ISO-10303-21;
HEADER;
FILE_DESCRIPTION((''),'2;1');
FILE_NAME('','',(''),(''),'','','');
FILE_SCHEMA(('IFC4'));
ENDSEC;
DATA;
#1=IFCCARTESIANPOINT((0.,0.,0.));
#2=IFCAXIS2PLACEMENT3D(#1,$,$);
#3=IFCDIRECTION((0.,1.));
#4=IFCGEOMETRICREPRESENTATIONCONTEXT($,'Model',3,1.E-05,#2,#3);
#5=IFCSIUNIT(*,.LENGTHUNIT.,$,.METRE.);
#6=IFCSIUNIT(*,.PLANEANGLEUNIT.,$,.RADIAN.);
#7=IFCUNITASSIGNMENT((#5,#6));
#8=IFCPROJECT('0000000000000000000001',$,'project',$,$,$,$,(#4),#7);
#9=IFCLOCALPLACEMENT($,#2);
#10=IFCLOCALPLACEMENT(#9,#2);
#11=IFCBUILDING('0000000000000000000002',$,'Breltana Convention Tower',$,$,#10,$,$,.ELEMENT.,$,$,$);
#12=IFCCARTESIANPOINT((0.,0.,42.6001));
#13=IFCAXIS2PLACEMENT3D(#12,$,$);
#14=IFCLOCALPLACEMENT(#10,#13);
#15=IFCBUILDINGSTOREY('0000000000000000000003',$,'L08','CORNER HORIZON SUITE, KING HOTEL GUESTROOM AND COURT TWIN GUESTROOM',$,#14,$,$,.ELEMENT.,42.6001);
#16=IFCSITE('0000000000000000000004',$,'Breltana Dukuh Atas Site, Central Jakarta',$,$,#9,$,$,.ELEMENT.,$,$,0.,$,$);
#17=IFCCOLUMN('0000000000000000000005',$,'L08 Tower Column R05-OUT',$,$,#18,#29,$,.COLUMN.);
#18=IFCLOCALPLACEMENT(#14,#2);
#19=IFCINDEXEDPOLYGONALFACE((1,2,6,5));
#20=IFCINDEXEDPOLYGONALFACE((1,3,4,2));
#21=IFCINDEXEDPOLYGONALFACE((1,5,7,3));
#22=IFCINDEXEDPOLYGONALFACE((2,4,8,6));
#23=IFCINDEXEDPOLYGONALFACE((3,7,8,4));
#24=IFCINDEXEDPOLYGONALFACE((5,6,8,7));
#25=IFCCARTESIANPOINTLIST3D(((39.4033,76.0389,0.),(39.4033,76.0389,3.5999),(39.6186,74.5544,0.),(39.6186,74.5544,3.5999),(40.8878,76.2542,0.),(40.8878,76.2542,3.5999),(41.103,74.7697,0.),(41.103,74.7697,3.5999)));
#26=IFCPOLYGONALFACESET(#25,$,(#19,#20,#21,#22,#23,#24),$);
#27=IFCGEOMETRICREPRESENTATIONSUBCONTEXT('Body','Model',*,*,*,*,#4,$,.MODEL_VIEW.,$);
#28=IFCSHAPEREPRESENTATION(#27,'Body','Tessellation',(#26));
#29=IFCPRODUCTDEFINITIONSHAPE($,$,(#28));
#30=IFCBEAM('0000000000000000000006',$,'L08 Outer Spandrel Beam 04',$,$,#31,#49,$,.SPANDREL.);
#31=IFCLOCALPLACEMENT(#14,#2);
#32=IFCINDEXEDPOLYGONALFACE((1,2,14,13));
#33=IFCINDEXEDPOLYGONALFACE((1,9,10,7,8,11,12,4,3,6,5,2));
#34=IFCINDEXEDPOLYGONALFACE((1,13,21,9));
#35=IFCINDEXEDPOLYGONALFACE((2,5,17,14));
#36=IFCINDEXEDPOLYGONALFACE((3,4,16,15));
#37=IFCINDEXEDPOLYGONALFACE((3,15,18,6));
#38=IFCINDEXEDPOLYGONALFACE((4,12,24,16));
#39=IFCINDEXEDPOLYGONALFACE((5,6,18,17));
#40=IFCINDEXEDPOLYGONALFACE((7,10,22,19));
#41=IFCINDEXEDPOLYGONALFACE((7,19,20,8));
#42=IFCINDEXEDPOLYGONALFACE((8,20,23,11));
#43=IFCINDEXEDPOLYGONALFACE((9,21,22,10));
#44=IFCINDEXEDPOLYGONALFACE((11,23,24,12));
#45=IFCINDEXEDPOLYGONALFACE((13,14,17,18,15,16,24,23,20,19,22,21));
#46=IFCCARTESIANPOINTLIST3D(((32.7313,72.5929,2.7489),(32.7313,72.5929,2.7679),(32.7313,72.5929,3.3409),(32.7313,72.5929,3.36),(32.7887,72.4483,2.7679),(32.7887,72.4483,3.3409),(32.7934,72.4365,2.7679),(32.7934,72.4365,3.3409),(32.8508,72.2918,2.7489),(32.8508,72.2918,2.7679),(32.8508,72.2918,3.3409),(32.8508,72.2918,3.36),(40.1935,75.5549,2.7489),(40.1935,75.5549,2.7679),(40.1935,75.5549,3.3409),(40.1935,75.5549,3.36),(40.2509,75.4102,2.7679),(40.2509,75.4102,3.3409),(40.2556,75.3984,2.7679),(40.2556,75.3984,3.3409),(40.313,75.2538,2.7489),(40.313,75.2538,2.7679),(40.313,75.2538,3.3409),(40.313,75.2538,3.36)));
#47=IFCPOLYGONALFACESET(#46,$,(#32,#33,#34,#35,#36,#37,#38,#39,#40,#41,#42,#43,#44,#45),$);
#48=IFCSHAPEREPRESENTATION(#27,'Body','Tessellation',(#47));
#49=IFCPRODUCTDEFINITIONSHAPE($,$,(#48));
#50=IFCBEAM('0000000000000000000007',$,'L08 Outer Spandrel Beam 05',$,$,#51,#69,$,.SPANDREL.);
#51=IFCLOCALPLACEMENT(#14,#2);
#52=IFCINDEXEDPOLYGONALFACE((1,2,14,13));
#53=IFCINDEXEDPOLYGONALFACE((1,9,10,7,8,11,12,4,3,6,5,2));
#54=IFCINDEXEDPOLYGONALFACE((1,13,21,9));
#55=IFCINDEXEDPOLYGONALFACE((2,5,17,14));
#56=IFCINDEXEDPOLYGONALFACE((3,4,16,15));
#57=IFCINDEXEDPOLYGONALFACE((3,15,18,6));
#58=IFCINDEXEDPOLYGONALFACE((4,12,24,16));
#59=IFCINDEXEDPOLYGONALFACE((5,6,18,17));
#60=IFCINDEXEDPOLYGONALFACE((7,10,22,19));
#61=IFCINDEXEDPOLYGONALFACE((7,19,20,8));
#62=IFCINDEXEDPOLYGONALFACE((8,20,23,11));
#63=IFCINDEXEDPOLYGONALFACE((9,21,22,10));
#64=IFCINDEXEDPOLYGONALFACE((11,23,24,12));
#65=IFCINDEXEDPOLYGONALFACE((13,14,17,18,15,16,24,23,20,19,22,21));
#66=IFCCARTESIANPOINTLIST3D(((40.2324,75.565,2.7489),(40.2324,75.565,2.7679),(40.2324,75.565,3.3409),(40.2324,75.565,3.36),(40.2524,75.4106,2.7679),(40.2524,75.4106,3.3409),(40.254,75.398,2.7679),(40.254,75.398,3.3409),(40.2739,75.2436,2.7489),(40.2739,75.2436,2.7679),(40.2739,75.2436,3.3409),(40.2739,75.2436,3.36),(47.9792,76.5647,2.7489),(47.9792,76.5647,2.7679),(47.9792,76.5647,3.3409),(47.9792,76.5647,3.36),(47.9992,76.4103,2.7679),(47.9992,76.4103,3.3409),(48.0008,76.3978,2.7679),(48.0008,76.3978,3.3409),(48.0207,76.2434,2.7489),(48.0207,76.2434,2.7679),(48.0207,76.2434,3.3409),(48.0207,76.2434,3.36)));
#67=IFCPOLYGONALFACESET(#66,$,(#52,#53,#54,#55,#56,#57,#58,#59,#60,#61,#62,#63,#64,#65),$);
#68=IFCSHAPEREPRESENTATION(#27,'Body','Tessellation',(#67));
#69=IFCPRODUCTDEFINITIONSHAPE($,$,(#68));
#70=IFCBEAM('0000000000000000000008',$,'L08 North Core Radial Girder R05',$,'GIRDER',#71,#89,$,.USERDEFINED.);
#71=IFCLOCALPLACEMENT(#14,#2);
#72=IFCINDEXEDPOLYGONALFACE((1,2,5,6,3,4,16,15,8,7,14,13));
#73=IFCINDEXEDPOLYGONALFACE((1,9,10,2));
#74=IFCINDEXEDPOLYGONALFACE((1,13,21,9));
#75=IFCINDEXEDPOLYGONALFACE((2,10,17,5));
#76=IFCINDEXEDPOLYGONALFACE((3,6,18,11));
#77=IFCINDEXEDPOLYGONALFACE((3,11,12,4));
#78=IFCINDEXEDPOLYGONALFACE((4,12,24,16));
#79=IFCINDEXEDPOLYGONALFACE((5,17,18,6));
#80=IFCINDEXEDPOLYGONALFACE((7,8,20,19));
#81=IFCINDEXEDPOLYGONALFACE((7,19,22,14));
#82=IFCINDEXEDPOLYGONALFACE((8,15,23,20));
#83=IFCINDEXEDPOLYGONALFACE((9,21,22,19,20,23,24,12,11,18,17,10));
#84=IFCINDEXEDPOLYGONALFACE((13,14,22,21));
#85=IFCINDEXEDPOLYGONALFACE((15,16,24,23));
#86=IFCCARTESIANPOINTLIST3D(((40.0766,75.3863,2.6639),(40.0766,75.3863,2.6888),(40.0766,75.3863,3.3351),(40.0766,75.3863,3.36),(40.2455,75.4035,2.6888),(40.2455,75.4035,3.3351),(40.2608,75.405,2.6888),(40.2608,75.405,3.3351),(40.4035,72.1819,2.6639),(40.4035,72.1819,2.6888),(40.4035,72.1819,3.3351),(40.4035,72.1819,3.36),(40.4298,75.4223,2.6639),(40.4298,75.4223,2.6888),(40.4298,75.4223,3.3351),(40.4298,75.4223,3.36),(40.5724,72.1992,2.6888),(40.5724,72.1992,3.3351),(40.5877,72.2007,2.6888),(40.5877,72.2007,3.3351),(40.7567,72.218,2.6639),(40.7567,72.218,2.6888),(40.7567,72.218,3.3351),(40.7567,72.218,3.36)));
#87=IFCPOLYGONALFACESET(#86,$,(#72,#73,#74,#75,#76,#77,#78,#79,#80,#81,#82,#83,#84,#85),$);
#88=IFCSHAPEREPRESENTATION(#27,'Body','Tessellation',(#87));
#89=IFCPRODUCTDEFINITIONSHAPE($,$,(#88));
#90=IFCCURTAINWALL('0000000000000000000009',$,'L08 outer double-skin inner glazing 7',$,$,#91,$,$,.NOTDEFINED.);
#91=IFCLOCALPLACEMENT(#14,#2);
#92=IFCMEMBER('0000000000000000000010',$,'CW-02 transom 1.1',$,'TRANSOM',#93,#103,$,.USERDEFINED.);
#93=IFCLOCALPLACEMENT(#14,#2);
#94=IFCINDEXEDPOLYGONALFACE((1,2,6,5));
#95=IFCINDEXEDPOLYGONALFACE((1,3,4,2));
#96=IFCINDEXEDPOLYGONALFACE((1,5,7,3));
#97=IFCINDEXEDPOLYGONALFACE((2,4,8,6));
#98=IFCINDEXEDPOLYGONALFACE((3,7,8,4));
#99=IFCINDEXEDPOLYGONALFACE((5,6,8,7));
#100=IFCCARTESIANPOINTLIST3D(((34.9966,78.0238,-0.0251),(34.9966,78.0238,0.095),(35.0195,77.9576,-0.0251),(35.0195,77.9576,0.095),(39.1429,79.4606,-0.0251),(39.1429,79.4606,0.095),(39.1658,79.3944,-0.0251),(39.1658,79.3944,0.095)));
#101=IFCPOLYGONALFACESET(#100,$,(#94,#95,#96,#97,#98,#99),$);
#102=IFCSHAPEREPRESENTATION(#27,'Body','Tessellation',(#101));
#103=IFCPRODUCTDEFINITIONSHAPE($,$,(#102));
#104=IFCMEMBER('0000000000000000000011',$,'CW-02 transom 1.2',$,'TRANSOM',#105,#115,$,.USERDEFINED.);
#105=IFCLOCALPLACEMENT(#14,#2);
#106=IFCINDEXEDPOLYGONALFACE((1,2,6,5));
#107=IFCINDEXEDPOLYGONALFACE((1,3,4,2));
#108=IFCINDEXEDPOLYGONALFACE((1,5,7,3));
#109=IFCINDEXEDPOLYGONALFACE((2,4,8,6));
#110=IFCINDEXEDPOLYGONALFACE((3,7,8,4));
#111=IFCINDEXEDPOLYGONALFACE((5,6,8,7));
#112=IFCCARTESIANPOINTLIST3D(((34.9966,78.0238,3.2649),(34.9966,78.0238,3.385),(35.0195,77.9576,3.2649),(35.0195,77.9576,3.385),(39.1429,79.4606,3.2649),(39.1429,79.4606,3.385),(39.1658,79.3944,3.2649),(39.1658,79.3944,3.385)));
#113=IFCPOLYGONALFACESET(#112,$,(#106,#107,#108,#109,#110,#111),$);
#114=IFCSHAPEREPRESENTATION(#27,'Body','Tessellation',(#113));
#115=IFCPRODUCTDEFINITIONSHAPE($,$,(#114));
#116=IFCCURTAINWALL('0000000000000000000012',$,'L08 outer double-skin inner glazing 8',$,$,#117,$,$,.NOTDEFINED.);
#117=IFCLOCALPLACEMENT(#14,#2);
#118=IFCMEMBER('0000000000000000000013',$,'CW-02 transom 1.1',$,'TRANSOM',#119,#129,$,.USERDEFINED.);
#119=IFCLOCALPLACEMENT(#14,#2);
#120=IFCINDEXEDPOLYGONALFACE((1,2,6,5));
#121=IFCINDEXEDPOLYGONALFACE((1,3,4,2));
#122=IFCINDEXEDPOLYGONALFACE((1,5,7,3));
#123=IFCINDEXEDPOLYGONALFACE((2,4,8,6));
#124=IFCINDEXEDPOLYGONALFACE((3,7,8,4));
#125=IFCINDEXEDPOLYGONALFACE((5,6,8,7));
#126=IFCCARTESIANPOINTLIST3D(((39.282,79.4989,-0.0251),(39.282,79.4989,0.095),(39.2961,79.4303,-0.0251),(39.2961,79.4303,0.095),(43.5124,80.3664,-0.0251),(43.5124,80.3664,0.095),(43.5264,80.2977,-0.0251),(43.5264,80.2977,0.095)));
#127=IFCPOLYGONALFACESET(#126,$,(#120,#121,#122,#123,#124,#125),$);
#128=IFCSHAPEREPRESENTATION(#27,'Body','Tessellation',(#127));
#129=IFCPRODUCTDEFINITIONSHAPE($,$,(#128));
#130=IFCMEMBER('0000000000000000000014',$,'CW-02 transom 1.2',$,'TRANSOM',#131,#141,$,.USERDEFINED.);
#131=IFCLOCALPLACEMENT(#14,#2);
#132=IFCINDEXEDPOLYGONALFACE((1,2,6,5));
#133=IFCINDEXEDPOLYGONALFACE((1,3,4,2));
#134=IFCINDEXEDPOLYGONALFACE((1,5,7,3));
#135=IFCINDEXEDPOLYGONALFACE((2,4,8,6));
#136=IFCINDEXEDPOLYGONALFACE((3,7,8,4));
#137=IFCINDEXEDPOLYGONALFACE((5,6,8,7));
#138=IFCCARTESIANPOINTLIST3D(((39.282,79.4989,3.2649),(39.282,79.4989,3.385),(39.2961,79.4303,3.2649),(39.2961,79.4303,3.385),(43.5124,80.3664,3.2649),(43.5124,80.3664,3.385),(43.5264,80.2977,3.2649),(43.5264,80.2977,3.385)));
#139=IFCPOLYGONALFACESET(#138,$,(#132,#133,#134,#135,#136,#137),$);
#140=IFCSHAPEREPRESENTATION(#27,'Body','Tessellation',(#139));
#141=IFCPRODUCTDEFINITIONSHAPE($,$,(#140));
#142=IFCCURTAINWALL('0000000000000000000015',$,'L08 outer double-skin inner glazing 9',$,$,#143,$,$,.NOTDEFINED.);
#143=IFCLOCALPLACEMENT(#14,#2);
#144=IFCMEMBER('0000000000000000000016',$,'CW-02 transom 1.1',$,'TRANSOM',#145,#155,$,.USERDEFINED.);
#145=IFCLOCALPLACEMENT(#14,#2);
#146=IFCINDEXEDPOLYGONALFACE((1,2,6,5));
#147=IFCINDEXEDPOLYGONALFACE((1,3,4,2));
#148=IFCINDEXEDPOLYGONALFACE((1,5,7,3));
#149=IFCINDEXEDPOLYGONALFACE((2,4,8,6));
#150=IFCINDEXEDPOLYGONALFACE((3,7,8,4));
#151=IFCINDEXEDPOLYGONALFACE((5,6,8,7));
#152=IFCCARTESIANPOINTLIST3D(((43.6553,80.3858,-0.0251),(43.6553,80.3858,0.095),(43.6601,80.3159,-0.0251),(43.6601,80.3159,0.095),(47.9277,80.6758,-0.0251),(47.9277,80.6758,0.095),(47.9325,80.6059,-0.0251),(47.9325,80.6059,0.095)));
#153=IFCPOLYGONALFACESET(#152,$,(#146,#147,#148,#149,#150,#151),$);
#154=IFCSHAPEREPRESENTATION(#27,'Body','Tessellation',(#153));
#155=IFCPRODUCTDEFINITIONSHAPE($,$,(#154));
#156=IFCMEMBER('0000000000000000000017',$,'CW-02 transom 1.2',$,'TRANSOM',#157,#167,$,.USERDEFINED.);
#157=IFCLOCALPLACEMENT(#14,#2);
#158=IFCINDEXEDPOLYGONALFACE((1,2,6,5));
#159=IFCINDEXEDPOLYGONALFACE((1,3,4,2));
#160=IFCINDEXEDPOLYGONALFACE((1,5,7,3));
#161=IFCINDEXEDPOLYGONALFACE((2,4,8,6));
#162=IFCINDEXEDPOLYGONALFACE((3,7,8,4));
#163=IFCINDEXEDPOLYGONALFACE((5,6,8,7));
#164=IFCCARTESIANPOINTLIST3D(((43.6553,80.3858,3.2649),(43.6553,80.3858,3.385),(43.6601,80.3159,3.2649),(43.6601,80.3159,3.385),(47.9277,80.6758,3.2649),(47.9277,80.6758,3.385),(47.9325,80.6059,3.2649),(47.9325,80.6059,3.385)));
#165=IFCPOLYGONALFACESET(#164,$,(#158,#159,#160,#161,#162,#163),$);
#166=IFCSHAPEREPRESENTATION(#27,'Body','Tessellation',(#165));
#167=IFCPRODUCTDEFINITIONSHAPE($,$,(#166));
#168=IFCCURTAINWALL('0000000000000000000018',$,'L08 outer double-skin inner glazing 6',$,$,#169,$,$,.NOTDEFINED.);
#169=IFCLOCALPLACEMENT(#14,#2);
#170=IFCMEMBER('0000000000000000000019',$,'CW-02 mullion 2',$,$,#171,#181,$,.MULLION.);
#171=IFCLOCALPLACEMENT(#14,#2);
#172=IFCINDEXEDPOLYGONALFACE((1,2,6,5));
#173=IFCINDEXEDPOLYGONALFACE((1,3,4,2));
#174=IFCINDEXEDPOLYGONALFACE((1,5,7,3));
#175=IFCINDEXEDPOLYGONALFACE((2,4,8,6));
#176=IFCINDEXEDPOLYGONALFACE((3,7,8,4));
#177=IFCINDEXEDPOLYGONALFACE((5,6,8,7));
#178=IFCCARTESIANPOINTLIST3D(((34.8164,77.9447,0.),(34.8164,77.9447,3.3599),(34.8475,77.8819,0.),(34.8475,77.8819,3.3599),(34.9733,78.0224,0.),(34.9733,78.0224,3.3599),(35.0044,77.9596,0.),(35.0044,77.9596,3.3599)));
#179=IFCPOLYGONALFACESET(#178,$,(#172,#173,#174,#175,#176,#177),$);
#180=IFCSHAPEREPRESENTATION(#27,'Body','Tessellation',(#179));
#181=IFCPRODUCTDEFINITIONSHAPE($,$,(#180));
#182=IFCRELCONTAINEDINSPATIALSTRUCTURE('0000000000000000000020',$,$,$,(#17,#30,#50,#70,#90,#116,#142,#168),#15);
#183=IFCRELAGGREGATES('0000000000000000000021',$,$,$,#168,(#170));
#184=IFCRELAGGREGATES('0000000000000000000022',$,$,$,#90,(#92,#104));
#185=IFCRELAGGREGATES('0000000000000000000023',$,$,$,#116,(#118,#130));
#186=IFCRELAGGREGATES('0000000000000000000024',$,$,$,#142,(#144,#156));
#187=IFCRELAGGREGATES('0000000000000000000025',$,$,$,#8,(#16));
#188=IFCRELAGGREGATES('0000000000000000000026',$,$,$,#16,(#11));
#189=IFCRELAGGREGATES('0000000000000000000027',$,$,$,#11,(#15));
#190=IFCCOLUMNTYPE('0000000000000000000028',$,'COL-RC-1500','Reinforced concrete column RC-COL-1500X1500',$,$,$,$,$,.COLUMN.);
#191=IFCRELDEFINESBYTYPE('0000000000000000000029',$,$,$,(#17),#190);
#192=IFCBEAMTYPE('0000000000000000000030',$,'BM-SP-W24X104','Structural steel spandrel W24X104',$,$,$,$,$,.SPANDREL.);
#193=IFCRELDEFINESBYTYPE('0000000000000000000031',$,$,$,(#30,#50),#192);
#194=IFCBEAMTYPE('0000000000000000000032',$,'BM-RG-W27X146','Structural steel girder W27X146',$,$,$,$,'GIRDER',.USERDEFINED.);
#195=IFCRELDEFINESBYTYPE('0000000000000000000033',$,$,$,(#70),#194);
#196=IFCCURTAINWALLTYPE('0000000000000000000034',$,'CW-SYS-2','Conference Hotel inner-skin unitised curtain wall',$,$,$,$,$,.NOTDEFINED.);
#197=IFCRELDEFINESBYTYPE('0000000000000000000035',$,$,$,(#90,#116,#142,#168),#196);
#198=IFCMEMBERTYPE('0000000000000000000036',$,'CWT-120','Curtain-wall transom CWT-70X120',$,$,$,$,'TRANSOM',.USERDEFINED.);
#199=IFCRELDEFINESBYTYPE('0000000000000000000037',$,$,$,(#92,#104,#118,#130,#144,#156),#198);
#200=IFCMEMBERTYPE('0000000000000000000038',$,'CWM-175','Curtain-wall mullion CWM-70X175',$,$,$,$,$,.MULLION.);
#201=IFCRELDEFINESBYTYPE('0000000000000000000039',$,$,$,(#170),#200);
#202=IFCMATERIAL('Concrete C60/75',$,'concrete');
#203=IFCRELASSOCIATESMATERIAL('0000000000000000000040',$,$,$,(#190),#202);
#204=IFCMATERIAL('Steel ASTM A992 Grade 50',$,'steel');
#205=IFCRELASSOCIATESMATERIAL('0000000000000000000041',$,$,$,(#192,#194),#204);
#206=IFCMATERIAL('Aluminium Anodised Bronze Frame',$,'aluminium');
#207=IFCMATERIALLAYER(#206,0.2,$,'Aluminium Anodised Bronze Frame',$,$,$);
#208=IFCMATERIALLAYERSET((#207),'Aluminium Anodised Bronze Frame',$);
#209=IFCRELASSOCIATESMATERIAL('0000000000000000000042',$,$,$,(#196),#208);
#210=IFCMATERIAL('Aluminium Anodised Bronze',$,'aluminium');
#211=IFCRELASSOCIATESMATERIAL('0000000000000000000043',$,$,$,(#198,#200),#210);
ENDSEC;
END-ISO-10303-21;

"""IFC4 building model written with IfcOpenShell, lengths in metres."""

from ifc_helpers import new_model, si_unit, direction, frame, origin, origin_2d, place, context, subcontext, project, spatial, rectangle, i_section, extrude, source, transform, mapped, material, layer, layer_set, material_profile, profile_set, type_object, element, aggregate, save


model = new_model("IFC4")

# Units and contexts
model_context = context("Model", 3, precision=1e-05, world=origin(), true_north=direction((0.0, 1.0)))
body_context = subcontext(model_context, "Body", "Model", "MODEL_VIEW")
ifc_project = project(units=[si_unit("LENGTHUNIT", "METRE"), si_unit("PLANEANGLEUNIT", "RADIAN")], contexts=[model_context])

# Site, building, storey
site_placement = place(None, origin())
site = spatial("IfcSite", under=ifc_project, at=site_placement, Name="Breltana Dukuh Atas Site, Central Jakarta", CompositionType="ELEMENT", RefElevation=0.0)
building_placement = place(site_placement, origin())
building = spatial("IfcBuilding", under=site, at=building_placement, Name="Breltana Convention Tower", CompositionType="ELEMENT")
storey_placement = place(building_placement, frame((0.0, 0.0, 42.6001)))
storey = spatial("IfcBuildingStorey", under=building, at=storey_placement, Name="L08", Description="CORNER HORIZON SUITE, KING HOTEL GUESTROOM AND COURT TWIN GUESTROOM", CompositionType="ELEMENT", Elevation=42.6001)

# Column
ifc_material_1 = material(Name="Concrete C60/75", Category="concrete")
ifc_material_profile_1 = material_profile(ifc_material_1, rectangle(XDim=1.5, YDim=1.5, at=origin_2d()), Name="RC-COL-1500X1500")
ifc_profile_set_1 = profile_set([ifc_material_profile_1], Name="Concrete C60/75")
column_type = type_object("IfcColumnType", Name="COL-RC-1500", Description="Reinforced concrete column RC-COL-1500X1500", PredefinedType="COLUMN", material=ifc_profile_set_1)
shared_shape_1 = source(origin(), body_context, "Body", "SweptSolid", [
    extrude(rectangle(XDim=1.5, YDim=1.5, at=origin_2d()), origin(), (0.0, 0.0, 1.0), 3.5999),
])
column_placement = place(storey_placement, frame((40.2532, 75.4043, 0.0), z_axis=(0.0, 0.0, 1.0), x_axis=(-0.143493, 0.989651, 0.0)))
element("IfcColumn", 1, at=column_placement, inside=storey, type_object=column_type, Name="L08 Tower Column R05-OUT", PredefinedType="COLUMN", context=body_context, shape_type="MappedRepresentation", body=[
    mapped(shared_shape_1, transform((0.0, 0.0, 0.0), scale=1.0)),
])

# Beams
ifc_material_2 = material(Name="Steel ASTM A992 Grade 50", Category="steel")
ifc_material_profile_2 = material_profile(ifc_material_2, i_section(OverallWidth=0.324, OverallDepth=0.6111, WebThickness=0.0127, FlangeThickness=0.019, at=origin_2d()), Name="W24X104")
ifc_profile_set_2 = profile_set([ifc_material_profile_2], Name="Steel ASTM A992 Grade 50")
beam_type_1 = type_object("IfcBeamType", Name="BM-SP-W24X104", Description="Structural steel spandrel W24X104", PredefinedType="SPANDREL", material=ifc_profile_set_2)
shared_shape_2 = source(origin(), body_context, "Body", "SweptSolid", [
    extrude(i_section(OverallWidth=0.324, OverallDepth=0.6111, WebThickness=0.0127, FlangeThickness=0.019, at=origin_2d()), origin(), (0.0, 0.0, 1.0), 8.0286),
])
beam_1_placement = place(storey_placement, frame((32.791, 72.4424, 3.0544), z_axis=(0.929459, 0.368925, 0.0), x_axis=(-0.368925, 0.929459, 0.0)))
element("IfcBeam", 2, at=beam_1_placement, inside=storey, type_object=beam_type_1, Name="L08 Outer Spandrel Beam 04", PredefinedType="SPANDREL", context=body_context, shape_type="MappedRepresentation", body=[
    mapped(shared_shape_2, transform((0.0, 0.0, 0.0), scale=1.0)),
])
shared_shape_3 = source(origin(), body_context, "Body", "SweptSolid", [
    extrude(i_section(OverallWidth=0.324, OverallDepth=0.6111, WebThickness=0.0127, FlangeThickness=0.019, at=origin_2d()), origin(), (0.0, 0.0, 1.0), 7.811),
])
beam_2_placement = place(storey_placement, frame((40.2532, 75.4043, 3.0544), z_axis=(0.991775, 0.127992, 0.0), x_axis=(-0.127992, 0.991775, 0.0)))
element("IfcBeam", 3, at=beam_2_placement, inside=storey, type_object=beam_type_1, Name="L08 Outer Spandrel Beam 05", PredefinedType="SPANDREL", context=body_context, shape_type="MappedRepresentation", body=[
    mapped(shared_shape_3, transform((0.0, 0.0, 0.0), scale=1.0)),
])
ifc_material_profile_3 = material_profile(ifc_material_2, i_section(OverallWidth=0.355, OverallDepth=0.696, WebThickness=0.0154, FlangeThickness=0.0249, at=origin_2d()), Name="W27X146")
ifc_profile_set_3 = profile_set([ifc_material_profile_3], Name="Steel ASTM A992 Grade 50")
beam_type_2 = type_object("IfcBeamType", Name="BM-RG-W27X146", Description="Structural steel girder W27X146", ElementType="GIRDER", PredefinedType="USERDEFINED", material=ifc_profile_set_3)
shared_shape_4 = source(origin(), body_context, "Body", "SweptSolid", [
    extrude(i_section(OverallWidth=0.355, OverallDepth=0.696, WebThickness=0.0154, FlangeThickness=0.0249, at=origin_2d()), origin(), (0.0, 0.0, 1.0), 3.2209),
])
beam_3_placement = place(storey_placement, frame((40.5801, 72.2, 3.012), z_axis=(-0.101492, 0.994836, 0.0), x_axis=(-0.994836, -0.101492, 0.0)))
element("IfcBeam", 4, at=beam_3_placement, inside=storey, type_object=beam_type_2, Name="L08 North Core Radial Girder R05", ObjectType="GIRDER", PredefinedType="USERDEFINED", context=body_context, shape_type="MappedRepresentation", body=[
    mapped(shared_shape_4, transform((0.0, 0.0, 0.0), scale=1.0)),
])

# Curtain walls, members
ifc_material_3 = material(Name="Aluminium Anodised Bronze Frame", Category="aluminium")
ifc_layer_1 = layer(ifc_material_3, 0.2, Name="Aluminium Anodised Bronze Frame")
ifc_layer_set_1 = layer_set([ifc_layer_1], Name="Aluminium Anodised Bronze Frame")
curtain_wall_type = type_object("IfcCurtainWallType", Name="CW-SYS-2", Description="Conference Hotel inner-skin unitised curtain wall", PredefinedType="NOTDEFINED", material=ifc_layer_set_1)
curtain_wall_1_placement = place(storey_placement, origin())
curtain_wall_1 = element("IfcCurtainWall", 5, at=curtain_wall_1_placement, inside=storey, type_object=curtain_wall_type, Name="L08 outer double-skin inner glazing 7", PredefinedType="NOTDEFINED")
ifc_material_4 = material(Name="Aluminium Anodised Bronze", Category="aluminium")
ifc_material_profile_4 = material_profile(ifc_material_4, rectangle(XDim=0.0701, YDim=0.1201, at=origin_2d()), Name="CWT-70X120")
ifc_profile_set_4 = profile_set([ifc_material_profile_4], Name="Aluminium Anodised Bronze")
member_type_1 = type_object("IfcMemberType", Name="CWT-120", Description="Curtain-wall transom CWT-70X120", ElementType="TRANSOM", PredefinedType="USERDEFINED", material=ifc_profile_set_4)
shared_shape_5 = source(origin(), body_context, "Body", "SweptSolid", [
    extrude(rectangle(XDim=0.0701, YDim=0.1201, at=origin_2d()), origin(), (0.0, 0.0, 1.0), 4.3882),
])
member_1_placement = place(storey_placement, frame((35.0081, 77.9907, 0.0349), z_axis=(0.944878, 0.327422, 0.0), x_axis=(-0.327422, 0.944878, 0.0)))
member_1 = element("IfcMember", 6, at=member_1_placement, type_object=member_type_1, Name="CW-02 transom 1.1", ObjectType="TRANSOM", PredefinedType="USERDEFINED", context=body_context, shape_type="MappedRepresentation", body=[
    mapped(shared_shape_5, transform((0.0, 0.0, 0.0), scale=1.0)),
])
member_2_placement = place(storey_placement, frame((35.0081, 77.9907, 3.325), z_axis=(0.944878, 0.327422, 0.0), x_axis=(-0.327422, 0.944878, 0.0)))
member_2 = element("IfcMember", 7, at=member_2_placement, type_object=member_type_1, Name="CW-02 transom 1.2", ObjectType="TRANSOM", PredefinedType="USERDEFINED", context=body_context, shape_type="MappedRepresentation", body=[
    mapped(shared_shape_5, transform((0.0, 0.0, 0.0), scale=1.0)),
])
curtain_wall_2_placement = place(storey_placement, origin())
curtain_wall_2 = element("IfcCurtainWall", 8, at=curtain_wall_2_placement, inside=storey, type_object=curtain_wall_type, Name="L08 outer double-skin inner glazing 8", PredefinedType="NOTDEFINED")
shared_shape_6 = source(origin(), body_context, "Body", "SweptSolid", [
    extrude(rectangle(XDim=0.0701, YDim=0.1201, at=origin_2d()), origin(), (0.0, 0.0, 1.0), 4.3184),
])
member_3_placement = place(storey_placement, frame((39.2891, 79.4646, 0.0349), z_axis=(0.979617, 0.200876, 0.0), x_axis=(-0.200876, 0.979617, 0.0)))
member_3 = element("IfcMember", 9, at=member_3_placement, type_object=member_type_1, Name="CW-02 transom 1.1", ObjectType="TRANSOM", PredefinedType="USERDEFINED", context=body_context, shape_type="MappedRepresentation", body=[
    mapped(shared_shape_6, transform((0.0, 0.0, 0.0), scale=1.0)),
])
member_4_placement = place(storey_placement, frame((39.2891, 79.4646, 3.325), z_axis=(0.979617, 0.200876, 0.0), x_axis=(-0.200876, 0.979617, 0.0)))
member_4 = element("IfcMember", 10, at=member_4_placement, type_object=member_type_1, Name="CW-02 transom 1.2", ObjectType="TRANSOM", PredefinedType="USERDEFINED", context=body_context, shape_type="MappedRepresentation", body=[
    mapped(shared_shape_6, transform((0.0, 0.0, 0.0), scale=1.0)),
])
curtain_wall_3_placement = place(storey_placement, origin())
curtain_wall_3 = element("IfcCurtainWall", 11, at=curtain_wall_3_placement, inside=storey, type_object=curtain_wall_type, Name="L08 outer double-skin inner glazing 9", PredefinedType="NOTDEFINED")
shared_shape_7 = source(origin(), body_context, "Body", "SweptSolid", [
    extrude(rectangle(XDim=0.0701, YDim=0.1201, at=origin_2d()), origin(), (0.0, 0.0, 1.0), 4.2822),
])
member_5_placement = place(storey_placement, frame((43.6577, 80.3508, 0.0349), z_axis=(0.997704, 0.06773, 0.0), x_axis=(-0.06773, 0.997704, 0.0)))
member_5 = element("IfcMember", 12, at=member_5_placement, type_object=member_type_1, Name="CW-02 transom 1.1", ObjectType="TRANSOM", PredefinedType="USERDEFINED", context=body_context, shape_type="MappedRepresentation", body=[
    mapped(shared_shape_7, transform((0.0, 0.0, 0.0), scale=1.0)),
])
member_6_placement = place(storey_placement, frame((43.6577, 80.3508, 3.325), z_axis=(0.997704, 0.06773, 0.0), x_axis=(-0.06773, 0.997704, 0.0)))
member_6 = element("IfcMember", 13, at=member_6_placement, type_object=member_type_1, Name="CW-02 transom 1.2", ObjectType="TRANSOM", PredefinedType="USERDEFINED", context=body_context, shape_type="MappedRepresentation", body=[
    mapped(shared_shape_7, transform((0.0, 0.0, 0.0), scale=1.0)),
])

# Curtain wall, member
curtain_wall_4_placement = place(storey_placement, origin())
curtain_wall_4 = element("IfcCurtainWall", 14, at=curtain_wall_4_placement, inside=storey, type_object=curtain_wall_type, Name="L08 outer double-skin inner glazing 6", PredefinedType="NOTDEFINED")
ifc_material_profile_5 = material_profile(ifc_material_4, rectangle(XDim=0.0701, YDim=0.175, at=origin_2d()), Name="CWM-70X175")
ifc_profile_set_5 = profile_set([ifc_material_profile_5], Name="Aluminium Anodised Bronze")
member_type_2 = type_object("IfcMemberType", Name="CWM-175", Description="Curtain-wall mullion CWM-70X175", PredefinedType="MULLION", material=ifc_profile_set_5)
shared_shape_8 = source(origin(), body_context, "Body", "SweptSolid", [
    extrude(rectangle(XDim=0.0701, YDim=0.175, at=origin_2d()), origin(), (0.0, 0.0, 1.0), 3.3599),
])
member_7_placement = place(storey_placement, frame((34.9104, 77.9521, 0.0), z_axis=(0.0, 0.0, 1.0), x_axis=(-0.444108, 0.895973, 0.0)))
member_7 = element("IfcMember", 15, at=member_7_placement, type_object=member_type_2, Name="CW-02 mullion 2", PredefinedType="MULLION", context=body_context, shape_type="MappedRepresentation", body=[
    mapped(shared_shape_8, transform((0.0, 0.0, 0.0), scale=1.0)),
])

aggregate(curtain_wall_4, [member_7])
aggregate(curtain_wall_1, [member_1, member_2])
aggregate(curtain_wall_2, [member_3, member_4])
aggregate(curtain_wall_3, [member_5, member_6])

save(model, "model.ifc")
